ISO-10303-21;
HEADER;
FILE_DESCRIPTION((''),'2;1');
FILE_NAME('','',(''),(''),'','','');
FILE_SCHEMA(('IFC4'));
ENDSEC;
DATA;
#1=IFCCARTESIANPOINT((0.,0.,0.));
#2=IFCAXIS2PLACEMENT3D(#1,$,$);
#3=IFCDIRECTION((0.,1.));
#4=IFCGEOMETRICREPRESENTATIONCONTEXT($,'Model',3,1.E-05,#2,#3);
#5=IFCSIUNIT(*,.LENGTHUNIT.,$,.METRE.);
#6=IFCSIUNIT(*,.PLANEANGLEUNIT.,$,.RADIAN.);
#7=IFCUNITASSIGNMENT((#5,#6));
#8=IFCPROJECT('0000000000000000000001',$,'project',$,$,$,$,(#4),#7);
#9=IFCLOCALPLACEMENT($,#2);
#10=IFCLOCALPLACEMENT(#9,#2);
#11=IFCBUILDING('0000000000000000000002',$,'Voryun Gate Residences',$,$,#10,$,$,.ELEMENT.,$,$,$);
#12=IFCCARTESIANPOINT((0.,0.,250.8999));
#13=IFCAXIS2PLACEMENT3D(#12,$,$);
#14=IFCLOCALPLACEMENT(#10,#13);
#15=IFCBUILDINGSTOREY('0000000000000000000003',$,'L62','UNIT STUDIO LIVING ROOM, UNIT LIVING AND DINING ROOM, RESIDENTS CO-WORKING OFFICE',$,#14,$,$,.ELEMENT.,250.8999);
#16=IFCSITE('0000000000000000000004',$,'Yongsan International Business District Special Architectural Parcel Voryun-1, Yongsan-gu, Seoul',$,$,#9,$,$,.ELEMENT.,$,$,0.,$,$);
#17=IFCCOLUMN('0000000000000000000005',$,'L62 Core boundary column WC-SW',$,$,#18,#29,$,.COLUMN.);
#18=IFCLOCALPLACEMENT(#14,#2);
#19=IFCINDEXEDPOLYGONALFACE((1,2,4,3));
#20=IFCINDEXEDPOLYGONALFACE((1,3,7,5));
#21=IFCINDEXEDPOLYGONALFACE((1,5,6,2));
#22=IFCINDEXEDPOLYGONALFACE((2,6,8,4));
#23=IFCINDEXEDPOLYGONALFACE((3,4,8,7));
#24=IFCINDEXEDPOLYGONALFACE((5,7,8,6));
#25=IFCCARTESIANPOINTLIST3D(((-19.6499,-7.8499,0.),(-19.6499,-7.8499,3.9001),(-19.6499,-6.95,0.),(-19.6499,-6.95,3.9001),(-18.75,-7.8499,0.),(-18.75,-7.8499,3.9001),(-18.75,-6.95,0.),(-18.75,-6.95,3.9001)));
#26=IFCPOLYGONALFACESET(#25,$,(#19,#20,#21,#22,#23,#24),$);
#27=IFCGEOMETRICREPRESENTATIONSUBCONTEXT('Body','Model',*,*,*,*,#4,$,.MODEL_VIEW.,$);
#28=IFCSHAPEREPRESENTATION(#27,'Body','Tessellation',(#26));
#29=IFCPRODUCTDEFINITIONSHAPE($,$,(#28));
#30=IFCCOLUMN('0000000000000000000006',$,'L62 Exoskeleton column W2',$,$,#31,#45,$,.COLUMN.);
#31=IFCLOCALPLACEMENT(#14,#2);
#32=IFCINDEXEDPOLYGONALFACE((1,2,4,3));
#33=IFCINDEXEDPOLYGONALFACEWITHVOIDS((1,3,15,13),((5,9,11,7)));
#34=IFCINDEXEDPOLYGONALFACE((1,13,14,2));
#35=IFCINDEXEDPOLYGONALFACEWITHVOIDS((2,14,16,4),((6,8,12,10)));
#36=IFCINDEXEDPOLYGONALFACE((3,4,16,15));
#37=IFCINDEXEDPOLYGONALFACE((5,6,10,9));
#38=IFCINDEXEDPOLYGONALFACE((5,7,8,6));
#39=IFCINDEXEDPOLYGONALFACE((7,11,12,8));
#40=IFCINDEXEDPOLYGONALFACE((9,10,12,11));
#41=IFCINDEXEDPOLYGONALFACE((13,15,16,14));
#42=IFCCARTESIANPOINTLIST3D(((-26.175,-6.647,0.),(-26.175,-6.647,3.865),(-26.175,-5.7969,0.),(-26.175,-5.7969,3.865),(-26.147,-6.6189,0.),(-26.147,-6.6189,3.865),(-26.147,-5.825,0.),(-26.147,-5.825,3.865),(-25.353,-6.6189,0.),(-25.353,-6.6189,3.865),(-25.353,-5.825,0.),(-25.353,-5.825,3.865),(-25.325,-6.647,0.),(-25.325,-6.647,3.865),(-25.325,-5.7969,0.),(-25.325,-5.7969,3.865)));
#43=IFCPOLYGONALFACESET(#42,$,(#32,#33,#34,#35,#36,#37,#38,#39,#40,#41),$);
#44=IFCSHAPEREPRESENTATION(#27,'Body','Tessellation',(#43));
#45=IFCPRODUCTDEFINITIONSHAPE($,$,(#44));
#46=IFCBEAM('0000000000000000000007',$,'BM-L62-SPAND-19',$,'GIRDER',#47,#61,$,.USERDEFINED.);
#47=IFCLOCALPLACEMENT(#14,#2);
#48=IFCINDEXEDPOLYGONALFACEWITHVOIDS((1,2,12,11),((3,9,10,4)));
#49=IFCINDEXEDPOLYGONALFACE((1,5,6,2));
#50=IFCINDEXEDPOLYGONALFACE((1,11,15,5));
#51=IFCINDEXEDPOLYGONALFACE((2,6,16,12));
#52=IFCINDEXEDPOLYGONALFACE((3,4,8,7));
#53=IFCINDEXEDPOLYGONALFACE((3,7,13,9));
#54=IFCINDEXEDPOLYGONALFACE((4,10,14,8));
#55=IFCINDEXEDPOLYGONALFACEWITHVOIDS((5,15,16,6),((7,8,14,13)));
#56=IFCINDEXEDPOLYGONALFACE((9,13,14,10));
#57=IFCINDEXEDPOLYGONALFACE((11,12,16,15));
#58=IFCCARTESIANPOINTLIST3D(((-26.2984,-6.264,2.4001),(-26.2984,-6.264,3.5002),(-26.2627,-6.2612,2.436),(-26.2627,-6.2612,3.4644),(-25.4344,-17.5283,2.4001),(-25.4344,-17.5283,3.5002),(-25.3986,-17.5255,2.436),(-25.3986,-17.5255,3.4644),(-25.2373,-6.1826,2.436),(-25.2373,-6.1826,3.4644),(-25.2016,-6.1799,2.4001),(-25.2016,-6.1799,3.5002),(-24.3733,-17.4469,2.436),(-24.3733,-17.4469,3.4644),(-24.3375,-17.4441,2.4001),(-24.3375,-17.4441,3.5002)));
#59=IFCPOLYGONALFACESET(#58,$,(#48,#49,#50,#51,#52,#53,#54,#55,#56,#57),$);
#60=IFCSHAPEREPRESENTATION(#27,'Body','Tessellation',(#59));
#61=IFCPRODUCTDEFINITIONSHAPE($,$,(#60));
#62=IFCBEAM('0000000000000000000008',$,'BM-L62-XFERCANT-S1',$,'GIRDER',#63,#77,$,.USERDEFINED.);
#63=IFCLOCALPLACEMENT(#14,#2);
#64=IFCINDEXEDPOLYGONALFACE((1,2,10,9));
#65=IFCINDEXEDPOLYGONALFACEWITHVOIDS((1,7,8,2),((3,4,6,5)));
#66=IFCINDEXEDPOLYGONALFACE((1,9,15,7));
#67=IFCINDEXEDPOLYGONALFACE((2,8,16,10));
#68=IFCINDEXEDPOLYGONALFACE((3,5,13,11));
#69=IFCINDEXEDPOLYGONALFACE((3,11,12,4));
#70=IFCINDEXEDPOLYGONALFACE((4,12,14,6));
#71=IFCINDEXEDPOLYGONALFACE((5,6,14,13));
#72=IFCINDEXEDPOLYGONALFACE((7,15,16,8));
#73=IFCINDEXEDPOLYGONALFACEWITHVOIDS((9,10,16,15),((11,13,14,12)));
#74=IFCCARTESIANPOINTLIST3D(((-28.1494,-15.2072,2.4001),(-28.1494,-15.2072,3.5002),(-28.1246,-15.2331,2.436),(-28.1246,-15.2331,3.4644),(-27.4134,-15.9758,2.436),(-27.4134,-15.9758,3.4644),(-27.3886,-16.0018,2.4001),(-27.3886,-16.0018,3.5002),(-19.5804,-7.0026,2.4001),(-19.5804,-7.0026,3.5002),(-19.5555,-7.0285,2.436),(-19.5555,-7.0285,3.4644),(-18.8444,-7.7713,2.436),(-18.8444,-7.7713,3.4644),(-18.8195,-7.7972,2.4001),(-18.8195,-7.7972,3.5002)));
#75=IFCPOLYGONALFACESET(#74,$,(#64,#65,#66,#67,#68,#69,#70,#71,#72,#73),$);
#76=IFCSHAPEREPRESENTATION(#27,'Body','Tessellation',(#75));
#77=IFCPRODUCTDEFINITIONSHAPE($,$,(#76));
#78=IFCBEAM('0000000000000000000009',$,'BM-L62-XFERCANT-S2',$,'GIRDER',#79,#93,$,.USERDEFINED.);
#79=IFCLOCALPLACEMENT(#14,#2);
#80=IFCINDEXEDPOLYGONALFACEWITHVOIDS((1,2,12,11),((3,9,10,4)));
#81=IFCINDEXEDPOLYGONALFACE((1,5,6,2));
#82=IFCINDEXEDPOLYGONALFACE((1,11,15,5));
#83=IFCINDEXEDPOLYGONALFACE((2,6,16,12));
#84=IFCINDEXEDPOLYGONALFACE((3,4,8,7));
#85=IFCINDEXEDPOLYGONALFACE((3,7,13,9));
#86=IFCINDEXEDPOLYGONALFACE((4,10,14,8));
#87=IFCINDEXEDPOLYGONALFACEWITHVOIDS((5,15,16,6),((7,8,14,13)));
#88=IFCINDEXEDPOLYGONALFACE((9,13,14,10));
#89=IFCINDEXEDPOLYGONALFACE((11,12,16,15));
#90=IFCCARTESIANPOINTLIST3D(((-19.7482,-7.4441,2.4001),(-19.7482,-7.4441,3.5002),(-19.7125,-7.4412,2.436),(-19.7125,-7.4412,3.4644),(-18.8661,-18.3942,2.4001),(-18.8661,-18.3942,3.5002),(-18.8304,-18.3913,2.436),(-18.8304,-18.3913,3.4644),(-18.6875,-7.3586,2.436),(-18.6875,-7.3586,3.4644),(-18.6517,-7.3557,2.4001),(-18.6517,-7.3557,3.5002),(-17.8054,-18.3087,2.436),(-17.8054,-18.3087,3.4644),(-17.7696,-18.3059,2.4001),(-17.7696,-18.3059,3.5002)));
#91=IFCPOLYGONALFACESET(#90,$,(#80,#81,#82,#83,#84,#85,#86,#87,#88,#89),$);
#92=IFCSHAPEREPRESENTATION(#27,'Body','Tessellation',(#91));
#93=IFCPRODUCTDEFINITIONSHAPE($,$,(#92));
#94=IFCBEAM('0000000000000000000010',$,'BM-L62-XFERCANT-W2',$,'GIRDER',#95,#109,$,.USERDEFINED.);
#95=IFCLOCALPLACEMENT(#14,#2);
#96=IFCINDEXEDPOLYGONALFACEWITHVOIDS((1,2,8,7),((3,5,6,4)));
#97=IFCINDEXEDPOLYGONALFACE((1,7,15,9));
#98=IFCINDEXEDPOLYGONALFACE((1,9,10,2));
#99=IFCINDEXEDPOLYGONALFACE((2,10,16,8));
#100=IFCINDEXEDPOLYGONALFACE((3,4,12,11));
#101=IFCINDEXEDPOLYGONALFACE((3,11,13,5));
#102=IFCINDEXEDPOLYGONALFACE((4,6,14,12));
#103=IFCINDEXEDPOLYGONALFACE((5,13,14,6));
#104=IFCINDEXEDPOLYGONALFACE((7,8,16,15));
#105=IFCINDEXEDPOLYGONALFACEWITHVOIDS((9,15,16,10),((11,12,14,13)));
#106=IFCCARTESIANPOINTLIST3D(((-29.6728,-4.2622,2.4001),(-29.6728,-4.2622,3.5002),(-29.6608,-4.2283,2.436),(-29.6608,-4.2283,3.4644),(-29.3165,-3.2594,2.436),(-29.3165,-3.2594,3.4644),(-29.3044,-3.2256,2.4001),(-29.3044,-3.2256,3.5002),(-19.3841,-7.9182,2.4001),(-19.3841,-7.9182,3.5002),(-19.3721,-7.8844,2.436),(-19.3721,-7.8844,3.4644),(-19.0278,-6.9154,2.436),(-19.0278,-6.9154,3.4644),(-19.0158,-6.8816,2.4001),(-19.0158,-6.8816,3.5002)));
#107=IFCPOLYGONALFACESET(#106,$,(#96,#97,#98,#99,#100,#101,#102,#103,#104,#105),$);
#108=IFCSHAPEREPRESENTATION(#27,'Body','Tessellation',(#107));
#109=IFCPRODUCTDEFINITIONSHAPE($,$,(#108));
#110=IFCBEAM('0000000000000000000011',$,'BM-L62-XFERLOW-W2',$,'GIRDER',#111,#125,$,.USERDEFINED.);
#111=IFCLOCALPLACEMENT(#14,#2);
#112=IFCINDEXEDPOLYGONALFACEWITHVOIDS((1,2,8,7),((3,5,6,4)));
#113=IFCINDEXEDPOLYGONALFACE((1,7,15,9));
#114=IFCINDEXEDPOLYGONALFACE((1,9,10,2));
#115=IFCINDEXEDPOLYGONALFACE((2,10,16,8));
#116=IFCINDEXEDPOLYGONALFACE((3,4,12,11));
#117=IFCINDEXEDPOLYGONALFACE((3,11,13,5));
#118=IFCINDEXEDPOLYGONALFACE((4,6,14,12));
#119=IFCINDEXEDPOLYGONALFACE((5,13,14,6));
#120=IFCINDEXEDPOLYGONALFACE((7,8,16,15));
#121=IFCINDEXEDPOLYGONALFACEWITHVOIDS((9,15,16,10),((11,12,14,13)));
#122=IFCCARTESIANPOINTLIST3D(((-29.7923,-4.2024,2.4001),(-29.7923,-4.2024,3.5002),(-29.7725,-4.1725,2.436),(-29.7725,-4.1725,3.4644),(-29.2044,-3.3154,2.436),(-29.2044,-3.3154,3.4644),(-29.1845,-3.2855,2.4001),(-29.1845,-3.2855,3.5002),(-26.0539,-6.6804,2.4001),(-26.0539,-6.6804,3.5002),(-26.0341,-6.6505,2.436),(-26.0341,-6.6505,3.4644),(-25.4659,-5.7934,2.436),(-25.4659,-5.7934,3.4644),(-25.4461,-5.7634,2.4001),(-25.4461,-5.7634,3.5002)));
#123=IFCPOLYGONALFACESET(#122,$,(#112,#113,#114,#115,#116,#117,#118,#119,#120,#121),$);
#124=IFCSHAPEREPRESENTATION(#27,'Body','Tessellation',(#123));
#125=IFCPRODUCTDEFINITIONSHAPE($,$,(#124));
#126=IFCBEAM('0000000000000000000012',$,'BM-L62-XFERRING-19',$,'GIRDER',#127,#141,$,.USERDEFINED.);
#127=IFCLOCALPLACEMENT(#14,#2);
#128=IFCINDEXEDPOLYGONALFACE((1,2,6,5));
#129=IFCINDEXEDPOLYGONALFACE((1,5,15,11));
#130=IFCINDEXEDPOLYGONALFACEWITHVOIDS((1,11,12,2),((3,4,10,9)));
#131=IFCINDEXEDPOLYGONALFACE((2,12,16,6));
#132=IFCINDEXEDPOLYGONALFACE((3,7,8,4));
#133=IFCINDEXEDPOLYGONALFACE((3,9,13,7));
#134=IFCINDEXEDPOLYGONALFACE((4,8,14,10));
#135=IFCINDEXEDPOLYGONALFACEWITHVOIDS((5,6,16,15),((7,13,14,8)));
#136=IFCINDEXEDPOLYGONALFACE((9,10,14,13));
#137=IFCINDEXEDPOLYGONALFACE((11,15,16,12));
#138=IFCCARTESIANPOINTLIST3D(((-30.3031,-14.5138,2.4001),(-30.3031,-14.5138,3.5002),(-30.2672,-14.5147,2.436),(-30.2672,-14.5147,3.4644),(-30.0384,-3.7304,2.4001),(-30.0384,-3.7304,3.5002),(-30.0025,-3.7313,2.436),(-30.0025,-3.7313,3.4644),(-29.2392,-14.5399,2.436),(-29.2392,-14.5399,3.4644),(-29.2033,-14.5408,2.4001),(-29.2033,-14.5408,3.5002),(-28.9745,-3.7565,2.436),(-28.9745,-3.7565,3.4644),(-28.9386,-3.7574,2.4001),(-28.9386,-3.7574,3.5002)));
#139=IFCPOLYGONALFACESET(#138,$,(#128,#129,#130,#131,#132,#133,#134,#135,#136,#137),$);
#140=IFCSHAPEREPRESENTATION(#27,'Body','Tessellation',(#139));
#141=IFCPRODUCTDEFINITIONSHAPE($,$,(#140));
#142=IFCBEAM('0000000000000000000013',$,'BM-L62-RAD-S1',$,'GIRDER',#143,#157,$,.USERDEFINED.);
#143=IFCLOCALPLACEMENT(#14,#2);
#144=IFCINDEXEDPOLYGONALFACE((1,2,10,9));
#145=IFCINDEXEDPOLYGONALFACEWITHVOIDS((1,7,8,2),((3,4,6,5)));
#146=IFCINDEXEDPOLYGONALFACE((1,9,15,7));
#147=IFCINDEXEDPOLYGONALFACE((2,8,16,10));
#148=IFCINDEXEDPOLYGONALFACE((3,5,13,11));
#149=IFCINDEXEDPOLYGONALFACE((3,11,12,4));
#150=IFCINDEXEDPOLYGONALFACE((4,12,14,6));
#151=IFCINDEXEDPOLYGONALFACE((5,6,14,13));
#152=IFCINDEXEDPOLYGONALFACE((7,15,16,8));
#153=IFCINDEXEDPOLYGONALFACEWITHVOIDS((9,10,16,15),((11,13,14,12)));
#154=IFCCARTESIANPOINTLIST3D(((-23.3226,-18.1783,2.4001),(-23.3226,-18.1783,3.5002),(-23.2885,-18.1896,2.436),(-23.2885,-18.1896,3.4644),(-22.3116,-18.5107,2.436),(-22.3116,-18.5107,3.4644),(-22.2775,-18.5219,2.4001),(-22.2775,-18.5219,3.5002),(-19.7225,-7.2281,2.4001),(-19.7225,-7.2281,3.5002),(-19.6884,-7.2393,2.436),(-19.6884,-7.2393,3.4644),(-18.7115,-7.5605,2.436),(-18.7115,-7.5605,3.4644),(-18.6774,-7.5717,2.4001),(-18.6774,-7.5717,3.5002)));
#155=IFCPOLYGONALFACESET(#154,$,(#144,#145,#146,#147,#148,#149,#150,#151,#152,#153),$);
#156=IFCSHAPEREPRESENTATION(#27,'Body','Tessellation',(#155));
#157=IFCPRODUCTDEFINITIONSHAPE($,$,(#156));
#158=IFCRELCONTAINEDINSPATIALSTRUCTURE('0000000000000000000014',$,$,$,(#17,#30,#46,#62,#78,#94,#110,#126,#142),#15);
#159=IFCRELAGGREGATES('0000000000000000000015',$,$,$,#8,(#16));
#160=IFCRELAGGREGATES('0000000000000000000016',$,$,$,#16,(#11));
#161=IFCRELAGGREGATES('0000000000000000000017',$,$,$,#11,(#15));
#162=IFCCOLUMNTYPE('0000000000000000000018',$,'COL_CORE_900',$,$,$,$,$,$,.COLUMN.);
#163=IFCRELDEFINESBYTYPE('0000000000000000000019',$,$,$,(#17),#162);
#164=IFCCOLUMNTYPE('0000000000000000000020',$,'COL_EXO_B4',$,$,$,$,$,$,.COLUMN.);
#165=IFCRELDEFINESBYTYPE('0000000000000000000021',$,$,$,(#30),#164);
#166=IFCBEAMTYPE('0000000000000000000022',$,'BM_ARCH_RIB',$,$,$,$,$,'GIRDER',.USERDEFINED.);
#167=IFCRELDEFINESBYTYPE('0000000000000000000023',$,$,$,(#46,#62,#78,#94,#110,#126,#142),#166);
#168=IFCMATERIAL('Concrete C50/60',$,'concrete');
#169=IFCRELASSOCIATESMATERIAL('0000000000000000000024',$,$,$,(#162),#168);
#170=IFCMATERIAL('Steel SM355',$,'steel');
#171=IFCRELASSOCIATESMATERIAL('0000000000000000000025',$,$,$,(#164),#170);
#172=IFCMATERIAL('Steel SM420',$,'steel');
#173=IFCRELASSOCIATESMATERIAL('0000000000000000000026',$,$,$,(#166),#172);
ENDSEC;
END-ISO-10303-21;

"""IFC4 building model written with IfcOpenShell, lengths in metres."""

from ifc_helpers import new_model, si_unit, direction, frame, origin, origin_2d, place, context, subcontext, project, spatial, rectangle, hollow_rectangle, extrude, material, material_profile, profile_set, type_object, element, save


model = new_model("IFC4")

# Units and contexts
model_context = context("Model", 3, precision=1e-05, world=origin(), true_north=direction((0.0, 1.0)))
body_context = subcontext(model_context, "Body", "Model", "MODEL_VIEW")
ifc_project = project(units=[si_unit("LENGTHUNIT", "METRE"), si_unit("PLANEANGLEUNIT", "RADIAN")], contexts=[model_context])

# Site, building, storey
site_placement = place(None, origin())
site = spatial("IfcSite", under=ifc_project, at=site_placement, Name="Yongsan International Business District Special Architectural Parcel Voryun-1, Yongsan-gu, Seoul", CompositionType="ELEMENT", RefElevation=0.0)
building_placement = place(site_placement, origin())
building = spatial("IfcBuilding", under=site, at=building_placement, Name="Voryun Gate Residences", CompositionType="ELEMENT")
storey_placement = place(building_placement, frame((0.0, 0.0, 250.8999)))
storey = spatial("IfcBuildingStorey", under=building, at=storey_placement, Name="L62", Description="UNIT STUDIO LIVING ROOM, UNIT LIVING AND DINING ROOM, RESIDENTS CO-WORKING OFFICE", CompositionType="ELEMENT", Elevation=250.8999)

# Columns
ifc_material_1 = material(Name="Concrete C50/60", Category="concrete")
ifc_material_profile_1 = material_profile(ifc_material_1, rectangle(XDim=0.8999, YDim=0.8999, at=origin_2d()), Name="RC-900x900")
ifc_profile_set_1 = profile_set([ifc_material_profile_1], Name="Concrete C50/60")
column_type_1 = type_object("IfcColumnType", Name="COL_CORE_900", PredefinedType="COLUMN", material=ifc_profile_set_1)
column_1_placement = place(storey_placement, frame((-19.2, -7.3999, 0.0), z_axis=(0.0, 0.0, 1.0), x_axis=(1.0, 0.0, 0.0)))
element("IfcColumn", 1, at=column_1_placement, inside=storey, type_object=column_type_1, Name="L62 Core boundary column WC-SW", PredefinedType="COLUMN", context=body_context, shape_type="SweptSolid", body=[
    extrude(rectangle(XDim=0.8999, YDim=0.8999, at=origin_2d()), origin(), (0.0, 0.0, 1.0), 3.9001),
])
ifc_material_2 = material(Name="Steel SM355", Category="steel")
ifc_material_profile_2 = material_profile(ifc_material_2, hollow_rectangle(XDim=0.8501, YDim=0.8501, WallThickness=0.0281, at=origin_2d()), Name="BOX-850x850x28")
ifc_profile_set_2 = profile_set([ifc_material_profile_2], Name="Steel SM355")
column_type_2 = type_object("IfcColumnType", Name="COL_EXO_B4", PredefinedType="COLUMN", material=ifc_profile_set_2)
column_2_placement = place(storey_placement, frame((-25.75, -6.2219, 0.0), z_axis=(0.0, 0.0, 1.0), x_axis=(1.0, 0.0, 0.0)))
element("IfcColumn", 2, at=column_2_placement, inside=storey, type_object=column_type_2, Name="L62 Exoskeleton column W2", PredefinedType="COLUMN", context=body_context, shape_type="SweptSolid", body=[
    extrude(hollow_rectangle(XDim=0.8501, YDim=0.8501, WallThickness=0.0281, at=origin_2d()), origin(), (0.0, 0.0, 1.0), 3.865),
])

# Beams
ifc_material_3 = material(Name="Steel SM420", Category="steel")
ifc_material_profile_3 = material_profile(ifc_material_3, hollow_rectangle(XDim=1.1001, YDim=1.1001, WallThickness=0.0359, at=origin_2d()), Name="BOX-1100x1100x36")
ifc_profile_set_3 = profile_set([ifc_material_profile_3], Name="Steel SM420")
beam_type = type_object("IfcBeamType", Name="BM_ARCH_RIB", ElementType="GIRDER", PredefinedType="USERDEFINED", material=ifc_profile_set_3)
beam_1_placement = place(storey_placement, frame((-25.75, -6.2219, 2.9502), z_axis=(0.07648, -0.997071, 0.0), x_axis=(0.997071, 0.07648, 0.0)))
element("IfcBeam", 3, at=beam_1_placement, inside=storey, type_object=beam_type, Name="BM-L62-SPAND-19", ObjectType="GIRDER", PredefinedType="USERDEFINED", context=body_context, shape_type="SweptSolid", body=[
    extrude(hollow_rectangle(XDim=1.1001, YDim=1.1001, WallThickness=0.0359, at=origin_2d()), origin(), (0.0, 0.0, 1.0), 11.2974),
])
beam_2_placement = place(storey_placement, frame((-19.2, -7.3999, 2.9502), z_axis=(-0.722302, -0.691578, 0.0), x_axis=(0.691578, -0.722302, 0.0)))
element("IfcBeam", 4, at=beam_2_placement, inside=storey, type_object=beam_type, Name="BM-L62-XFERCANT-S1", ObjectType="GIRDER", PredefinedType="USERDEFINED", context=body_context, shape_type="SweptSolid", body=[
    extrude(hollow_rectangle(XDim=1.1001, YDim=1.1001, WallThickness=0.0359, at=origin_2d()), origin(), (0.0, 0.0, 1.0), 11.8635),
])
beam_3_placement = place(storey_placement, frame((-19.2, -7.3999, 2.9502), z_axis=(0.080294, -0.996771, 0.0), x_axis=(0.996771, 0.080294, 0.0)))
element("IfcBeam", 5, at=beam_3_placement, inside=storey, type_object=beam_type, Name="BM-L62-XFERCANT-S2", ObjectType="GIRDER", PredefinedType="USERDEFINED", context=body_context, shape_type="SweptSolid", body=[
    extrude(hollow_rectangle(XDim=1.1001, YDim=1.1001, WallThickness=0.0359, at=origin_2d()), origin(), (0.0, 0.0, 1.0), 10.9856),
])
beam_4_placement = place(storey_placement, frame((-19.2, -7.3999, 2.9502), z_axis=(-0.942277, 0.334835, 0.0), x_axis=(-0.334835, -0.942277, 0.0)))
element("IfcBeam", 6, at=beam_4_placement, inside=storey, type_object=beam_type, Name="BM-L62-XFERCANT-W2", ObjectType="GIRDER", PredefinedType="USERDEFINED", context=body_context, shape_type="SweptSolid", body=[
    extrude(hollow_rectangle(XDim=1.1001, YDim=1.1001, WallThickness=0.0359, at=origin_2d()), origin(), (0.0, 0.0, 1.0), 10.9189),
])
beam_5_placement = place(storey_placement, frame((-25.75, -6.2219, 2.9502), z_axis=(-0.833521, 0.552487, 0.0), x_axis=(-0.552487, -0.833521, 0.0)))
element("IfcBeam", 7, at=beam_5_placement, inside=storey, type_object=beam_type, Name="BM-L62-XFERLOW-W2", ObjectType="GIRDER", PredefinedType="USERDEFINED", context=body_context, shape_type="SweptSolid", body=[
    extrude(hollow_rectangle(XDim=1.1001, YDim=1.1001, WallThickness=0.0359, at=origin_2d()), origin(), (0.0, 0.0, 1.0), 4.4851),
])
beam_6_placement = place(storey_placement, frame((-29.4885, -3.7439, 2.9502), z_axis=(-0.024535, -0.999699, 0.0), x_axis=(0.999699, -0.024535, 0.0)))
element("IfcBeam", 8, at=beam_6_placement, inside=storey, type_object=beam_type, Name="BM-L62-XFERRING-19", ObjectType="GIRDER", PredefinedType="USERDEFINED", context=body_context, shape_type="SweptSolid", body=[
    extrude(hollow_rectangle(XDim=1.1001, YDim=1.1001, WallThickness=0.0359, at=origin_2d()), origin(), (0.0, 0.0, 1.0), 10.7866),
])
beam_7_placement = place(storey_placement, frame((-19.2, -7.3999, 2.9502), z_axis=(-0.312324, -0.949976, 0.0), x_axis=(0.949976, -0.312324, 0.0)))
element("IfcBeam", 9, at=beam_7_placement, inside=storey, type_object=beam_type, Name="BM-L62-RAD-S1", ObjectType="GIRDER", PredefinedType="USERDEFINED", context=body_context, shape_type="SweptSolid", body=[
    extrude(hollow_rectangle(XDim=1.1001, YDim=1.1001, WallThickness=0.0359, at=origin_2d()), origin(), (0.0, 0.0, 1.0), 11.5269),
])

save(model, "model.ifc")
